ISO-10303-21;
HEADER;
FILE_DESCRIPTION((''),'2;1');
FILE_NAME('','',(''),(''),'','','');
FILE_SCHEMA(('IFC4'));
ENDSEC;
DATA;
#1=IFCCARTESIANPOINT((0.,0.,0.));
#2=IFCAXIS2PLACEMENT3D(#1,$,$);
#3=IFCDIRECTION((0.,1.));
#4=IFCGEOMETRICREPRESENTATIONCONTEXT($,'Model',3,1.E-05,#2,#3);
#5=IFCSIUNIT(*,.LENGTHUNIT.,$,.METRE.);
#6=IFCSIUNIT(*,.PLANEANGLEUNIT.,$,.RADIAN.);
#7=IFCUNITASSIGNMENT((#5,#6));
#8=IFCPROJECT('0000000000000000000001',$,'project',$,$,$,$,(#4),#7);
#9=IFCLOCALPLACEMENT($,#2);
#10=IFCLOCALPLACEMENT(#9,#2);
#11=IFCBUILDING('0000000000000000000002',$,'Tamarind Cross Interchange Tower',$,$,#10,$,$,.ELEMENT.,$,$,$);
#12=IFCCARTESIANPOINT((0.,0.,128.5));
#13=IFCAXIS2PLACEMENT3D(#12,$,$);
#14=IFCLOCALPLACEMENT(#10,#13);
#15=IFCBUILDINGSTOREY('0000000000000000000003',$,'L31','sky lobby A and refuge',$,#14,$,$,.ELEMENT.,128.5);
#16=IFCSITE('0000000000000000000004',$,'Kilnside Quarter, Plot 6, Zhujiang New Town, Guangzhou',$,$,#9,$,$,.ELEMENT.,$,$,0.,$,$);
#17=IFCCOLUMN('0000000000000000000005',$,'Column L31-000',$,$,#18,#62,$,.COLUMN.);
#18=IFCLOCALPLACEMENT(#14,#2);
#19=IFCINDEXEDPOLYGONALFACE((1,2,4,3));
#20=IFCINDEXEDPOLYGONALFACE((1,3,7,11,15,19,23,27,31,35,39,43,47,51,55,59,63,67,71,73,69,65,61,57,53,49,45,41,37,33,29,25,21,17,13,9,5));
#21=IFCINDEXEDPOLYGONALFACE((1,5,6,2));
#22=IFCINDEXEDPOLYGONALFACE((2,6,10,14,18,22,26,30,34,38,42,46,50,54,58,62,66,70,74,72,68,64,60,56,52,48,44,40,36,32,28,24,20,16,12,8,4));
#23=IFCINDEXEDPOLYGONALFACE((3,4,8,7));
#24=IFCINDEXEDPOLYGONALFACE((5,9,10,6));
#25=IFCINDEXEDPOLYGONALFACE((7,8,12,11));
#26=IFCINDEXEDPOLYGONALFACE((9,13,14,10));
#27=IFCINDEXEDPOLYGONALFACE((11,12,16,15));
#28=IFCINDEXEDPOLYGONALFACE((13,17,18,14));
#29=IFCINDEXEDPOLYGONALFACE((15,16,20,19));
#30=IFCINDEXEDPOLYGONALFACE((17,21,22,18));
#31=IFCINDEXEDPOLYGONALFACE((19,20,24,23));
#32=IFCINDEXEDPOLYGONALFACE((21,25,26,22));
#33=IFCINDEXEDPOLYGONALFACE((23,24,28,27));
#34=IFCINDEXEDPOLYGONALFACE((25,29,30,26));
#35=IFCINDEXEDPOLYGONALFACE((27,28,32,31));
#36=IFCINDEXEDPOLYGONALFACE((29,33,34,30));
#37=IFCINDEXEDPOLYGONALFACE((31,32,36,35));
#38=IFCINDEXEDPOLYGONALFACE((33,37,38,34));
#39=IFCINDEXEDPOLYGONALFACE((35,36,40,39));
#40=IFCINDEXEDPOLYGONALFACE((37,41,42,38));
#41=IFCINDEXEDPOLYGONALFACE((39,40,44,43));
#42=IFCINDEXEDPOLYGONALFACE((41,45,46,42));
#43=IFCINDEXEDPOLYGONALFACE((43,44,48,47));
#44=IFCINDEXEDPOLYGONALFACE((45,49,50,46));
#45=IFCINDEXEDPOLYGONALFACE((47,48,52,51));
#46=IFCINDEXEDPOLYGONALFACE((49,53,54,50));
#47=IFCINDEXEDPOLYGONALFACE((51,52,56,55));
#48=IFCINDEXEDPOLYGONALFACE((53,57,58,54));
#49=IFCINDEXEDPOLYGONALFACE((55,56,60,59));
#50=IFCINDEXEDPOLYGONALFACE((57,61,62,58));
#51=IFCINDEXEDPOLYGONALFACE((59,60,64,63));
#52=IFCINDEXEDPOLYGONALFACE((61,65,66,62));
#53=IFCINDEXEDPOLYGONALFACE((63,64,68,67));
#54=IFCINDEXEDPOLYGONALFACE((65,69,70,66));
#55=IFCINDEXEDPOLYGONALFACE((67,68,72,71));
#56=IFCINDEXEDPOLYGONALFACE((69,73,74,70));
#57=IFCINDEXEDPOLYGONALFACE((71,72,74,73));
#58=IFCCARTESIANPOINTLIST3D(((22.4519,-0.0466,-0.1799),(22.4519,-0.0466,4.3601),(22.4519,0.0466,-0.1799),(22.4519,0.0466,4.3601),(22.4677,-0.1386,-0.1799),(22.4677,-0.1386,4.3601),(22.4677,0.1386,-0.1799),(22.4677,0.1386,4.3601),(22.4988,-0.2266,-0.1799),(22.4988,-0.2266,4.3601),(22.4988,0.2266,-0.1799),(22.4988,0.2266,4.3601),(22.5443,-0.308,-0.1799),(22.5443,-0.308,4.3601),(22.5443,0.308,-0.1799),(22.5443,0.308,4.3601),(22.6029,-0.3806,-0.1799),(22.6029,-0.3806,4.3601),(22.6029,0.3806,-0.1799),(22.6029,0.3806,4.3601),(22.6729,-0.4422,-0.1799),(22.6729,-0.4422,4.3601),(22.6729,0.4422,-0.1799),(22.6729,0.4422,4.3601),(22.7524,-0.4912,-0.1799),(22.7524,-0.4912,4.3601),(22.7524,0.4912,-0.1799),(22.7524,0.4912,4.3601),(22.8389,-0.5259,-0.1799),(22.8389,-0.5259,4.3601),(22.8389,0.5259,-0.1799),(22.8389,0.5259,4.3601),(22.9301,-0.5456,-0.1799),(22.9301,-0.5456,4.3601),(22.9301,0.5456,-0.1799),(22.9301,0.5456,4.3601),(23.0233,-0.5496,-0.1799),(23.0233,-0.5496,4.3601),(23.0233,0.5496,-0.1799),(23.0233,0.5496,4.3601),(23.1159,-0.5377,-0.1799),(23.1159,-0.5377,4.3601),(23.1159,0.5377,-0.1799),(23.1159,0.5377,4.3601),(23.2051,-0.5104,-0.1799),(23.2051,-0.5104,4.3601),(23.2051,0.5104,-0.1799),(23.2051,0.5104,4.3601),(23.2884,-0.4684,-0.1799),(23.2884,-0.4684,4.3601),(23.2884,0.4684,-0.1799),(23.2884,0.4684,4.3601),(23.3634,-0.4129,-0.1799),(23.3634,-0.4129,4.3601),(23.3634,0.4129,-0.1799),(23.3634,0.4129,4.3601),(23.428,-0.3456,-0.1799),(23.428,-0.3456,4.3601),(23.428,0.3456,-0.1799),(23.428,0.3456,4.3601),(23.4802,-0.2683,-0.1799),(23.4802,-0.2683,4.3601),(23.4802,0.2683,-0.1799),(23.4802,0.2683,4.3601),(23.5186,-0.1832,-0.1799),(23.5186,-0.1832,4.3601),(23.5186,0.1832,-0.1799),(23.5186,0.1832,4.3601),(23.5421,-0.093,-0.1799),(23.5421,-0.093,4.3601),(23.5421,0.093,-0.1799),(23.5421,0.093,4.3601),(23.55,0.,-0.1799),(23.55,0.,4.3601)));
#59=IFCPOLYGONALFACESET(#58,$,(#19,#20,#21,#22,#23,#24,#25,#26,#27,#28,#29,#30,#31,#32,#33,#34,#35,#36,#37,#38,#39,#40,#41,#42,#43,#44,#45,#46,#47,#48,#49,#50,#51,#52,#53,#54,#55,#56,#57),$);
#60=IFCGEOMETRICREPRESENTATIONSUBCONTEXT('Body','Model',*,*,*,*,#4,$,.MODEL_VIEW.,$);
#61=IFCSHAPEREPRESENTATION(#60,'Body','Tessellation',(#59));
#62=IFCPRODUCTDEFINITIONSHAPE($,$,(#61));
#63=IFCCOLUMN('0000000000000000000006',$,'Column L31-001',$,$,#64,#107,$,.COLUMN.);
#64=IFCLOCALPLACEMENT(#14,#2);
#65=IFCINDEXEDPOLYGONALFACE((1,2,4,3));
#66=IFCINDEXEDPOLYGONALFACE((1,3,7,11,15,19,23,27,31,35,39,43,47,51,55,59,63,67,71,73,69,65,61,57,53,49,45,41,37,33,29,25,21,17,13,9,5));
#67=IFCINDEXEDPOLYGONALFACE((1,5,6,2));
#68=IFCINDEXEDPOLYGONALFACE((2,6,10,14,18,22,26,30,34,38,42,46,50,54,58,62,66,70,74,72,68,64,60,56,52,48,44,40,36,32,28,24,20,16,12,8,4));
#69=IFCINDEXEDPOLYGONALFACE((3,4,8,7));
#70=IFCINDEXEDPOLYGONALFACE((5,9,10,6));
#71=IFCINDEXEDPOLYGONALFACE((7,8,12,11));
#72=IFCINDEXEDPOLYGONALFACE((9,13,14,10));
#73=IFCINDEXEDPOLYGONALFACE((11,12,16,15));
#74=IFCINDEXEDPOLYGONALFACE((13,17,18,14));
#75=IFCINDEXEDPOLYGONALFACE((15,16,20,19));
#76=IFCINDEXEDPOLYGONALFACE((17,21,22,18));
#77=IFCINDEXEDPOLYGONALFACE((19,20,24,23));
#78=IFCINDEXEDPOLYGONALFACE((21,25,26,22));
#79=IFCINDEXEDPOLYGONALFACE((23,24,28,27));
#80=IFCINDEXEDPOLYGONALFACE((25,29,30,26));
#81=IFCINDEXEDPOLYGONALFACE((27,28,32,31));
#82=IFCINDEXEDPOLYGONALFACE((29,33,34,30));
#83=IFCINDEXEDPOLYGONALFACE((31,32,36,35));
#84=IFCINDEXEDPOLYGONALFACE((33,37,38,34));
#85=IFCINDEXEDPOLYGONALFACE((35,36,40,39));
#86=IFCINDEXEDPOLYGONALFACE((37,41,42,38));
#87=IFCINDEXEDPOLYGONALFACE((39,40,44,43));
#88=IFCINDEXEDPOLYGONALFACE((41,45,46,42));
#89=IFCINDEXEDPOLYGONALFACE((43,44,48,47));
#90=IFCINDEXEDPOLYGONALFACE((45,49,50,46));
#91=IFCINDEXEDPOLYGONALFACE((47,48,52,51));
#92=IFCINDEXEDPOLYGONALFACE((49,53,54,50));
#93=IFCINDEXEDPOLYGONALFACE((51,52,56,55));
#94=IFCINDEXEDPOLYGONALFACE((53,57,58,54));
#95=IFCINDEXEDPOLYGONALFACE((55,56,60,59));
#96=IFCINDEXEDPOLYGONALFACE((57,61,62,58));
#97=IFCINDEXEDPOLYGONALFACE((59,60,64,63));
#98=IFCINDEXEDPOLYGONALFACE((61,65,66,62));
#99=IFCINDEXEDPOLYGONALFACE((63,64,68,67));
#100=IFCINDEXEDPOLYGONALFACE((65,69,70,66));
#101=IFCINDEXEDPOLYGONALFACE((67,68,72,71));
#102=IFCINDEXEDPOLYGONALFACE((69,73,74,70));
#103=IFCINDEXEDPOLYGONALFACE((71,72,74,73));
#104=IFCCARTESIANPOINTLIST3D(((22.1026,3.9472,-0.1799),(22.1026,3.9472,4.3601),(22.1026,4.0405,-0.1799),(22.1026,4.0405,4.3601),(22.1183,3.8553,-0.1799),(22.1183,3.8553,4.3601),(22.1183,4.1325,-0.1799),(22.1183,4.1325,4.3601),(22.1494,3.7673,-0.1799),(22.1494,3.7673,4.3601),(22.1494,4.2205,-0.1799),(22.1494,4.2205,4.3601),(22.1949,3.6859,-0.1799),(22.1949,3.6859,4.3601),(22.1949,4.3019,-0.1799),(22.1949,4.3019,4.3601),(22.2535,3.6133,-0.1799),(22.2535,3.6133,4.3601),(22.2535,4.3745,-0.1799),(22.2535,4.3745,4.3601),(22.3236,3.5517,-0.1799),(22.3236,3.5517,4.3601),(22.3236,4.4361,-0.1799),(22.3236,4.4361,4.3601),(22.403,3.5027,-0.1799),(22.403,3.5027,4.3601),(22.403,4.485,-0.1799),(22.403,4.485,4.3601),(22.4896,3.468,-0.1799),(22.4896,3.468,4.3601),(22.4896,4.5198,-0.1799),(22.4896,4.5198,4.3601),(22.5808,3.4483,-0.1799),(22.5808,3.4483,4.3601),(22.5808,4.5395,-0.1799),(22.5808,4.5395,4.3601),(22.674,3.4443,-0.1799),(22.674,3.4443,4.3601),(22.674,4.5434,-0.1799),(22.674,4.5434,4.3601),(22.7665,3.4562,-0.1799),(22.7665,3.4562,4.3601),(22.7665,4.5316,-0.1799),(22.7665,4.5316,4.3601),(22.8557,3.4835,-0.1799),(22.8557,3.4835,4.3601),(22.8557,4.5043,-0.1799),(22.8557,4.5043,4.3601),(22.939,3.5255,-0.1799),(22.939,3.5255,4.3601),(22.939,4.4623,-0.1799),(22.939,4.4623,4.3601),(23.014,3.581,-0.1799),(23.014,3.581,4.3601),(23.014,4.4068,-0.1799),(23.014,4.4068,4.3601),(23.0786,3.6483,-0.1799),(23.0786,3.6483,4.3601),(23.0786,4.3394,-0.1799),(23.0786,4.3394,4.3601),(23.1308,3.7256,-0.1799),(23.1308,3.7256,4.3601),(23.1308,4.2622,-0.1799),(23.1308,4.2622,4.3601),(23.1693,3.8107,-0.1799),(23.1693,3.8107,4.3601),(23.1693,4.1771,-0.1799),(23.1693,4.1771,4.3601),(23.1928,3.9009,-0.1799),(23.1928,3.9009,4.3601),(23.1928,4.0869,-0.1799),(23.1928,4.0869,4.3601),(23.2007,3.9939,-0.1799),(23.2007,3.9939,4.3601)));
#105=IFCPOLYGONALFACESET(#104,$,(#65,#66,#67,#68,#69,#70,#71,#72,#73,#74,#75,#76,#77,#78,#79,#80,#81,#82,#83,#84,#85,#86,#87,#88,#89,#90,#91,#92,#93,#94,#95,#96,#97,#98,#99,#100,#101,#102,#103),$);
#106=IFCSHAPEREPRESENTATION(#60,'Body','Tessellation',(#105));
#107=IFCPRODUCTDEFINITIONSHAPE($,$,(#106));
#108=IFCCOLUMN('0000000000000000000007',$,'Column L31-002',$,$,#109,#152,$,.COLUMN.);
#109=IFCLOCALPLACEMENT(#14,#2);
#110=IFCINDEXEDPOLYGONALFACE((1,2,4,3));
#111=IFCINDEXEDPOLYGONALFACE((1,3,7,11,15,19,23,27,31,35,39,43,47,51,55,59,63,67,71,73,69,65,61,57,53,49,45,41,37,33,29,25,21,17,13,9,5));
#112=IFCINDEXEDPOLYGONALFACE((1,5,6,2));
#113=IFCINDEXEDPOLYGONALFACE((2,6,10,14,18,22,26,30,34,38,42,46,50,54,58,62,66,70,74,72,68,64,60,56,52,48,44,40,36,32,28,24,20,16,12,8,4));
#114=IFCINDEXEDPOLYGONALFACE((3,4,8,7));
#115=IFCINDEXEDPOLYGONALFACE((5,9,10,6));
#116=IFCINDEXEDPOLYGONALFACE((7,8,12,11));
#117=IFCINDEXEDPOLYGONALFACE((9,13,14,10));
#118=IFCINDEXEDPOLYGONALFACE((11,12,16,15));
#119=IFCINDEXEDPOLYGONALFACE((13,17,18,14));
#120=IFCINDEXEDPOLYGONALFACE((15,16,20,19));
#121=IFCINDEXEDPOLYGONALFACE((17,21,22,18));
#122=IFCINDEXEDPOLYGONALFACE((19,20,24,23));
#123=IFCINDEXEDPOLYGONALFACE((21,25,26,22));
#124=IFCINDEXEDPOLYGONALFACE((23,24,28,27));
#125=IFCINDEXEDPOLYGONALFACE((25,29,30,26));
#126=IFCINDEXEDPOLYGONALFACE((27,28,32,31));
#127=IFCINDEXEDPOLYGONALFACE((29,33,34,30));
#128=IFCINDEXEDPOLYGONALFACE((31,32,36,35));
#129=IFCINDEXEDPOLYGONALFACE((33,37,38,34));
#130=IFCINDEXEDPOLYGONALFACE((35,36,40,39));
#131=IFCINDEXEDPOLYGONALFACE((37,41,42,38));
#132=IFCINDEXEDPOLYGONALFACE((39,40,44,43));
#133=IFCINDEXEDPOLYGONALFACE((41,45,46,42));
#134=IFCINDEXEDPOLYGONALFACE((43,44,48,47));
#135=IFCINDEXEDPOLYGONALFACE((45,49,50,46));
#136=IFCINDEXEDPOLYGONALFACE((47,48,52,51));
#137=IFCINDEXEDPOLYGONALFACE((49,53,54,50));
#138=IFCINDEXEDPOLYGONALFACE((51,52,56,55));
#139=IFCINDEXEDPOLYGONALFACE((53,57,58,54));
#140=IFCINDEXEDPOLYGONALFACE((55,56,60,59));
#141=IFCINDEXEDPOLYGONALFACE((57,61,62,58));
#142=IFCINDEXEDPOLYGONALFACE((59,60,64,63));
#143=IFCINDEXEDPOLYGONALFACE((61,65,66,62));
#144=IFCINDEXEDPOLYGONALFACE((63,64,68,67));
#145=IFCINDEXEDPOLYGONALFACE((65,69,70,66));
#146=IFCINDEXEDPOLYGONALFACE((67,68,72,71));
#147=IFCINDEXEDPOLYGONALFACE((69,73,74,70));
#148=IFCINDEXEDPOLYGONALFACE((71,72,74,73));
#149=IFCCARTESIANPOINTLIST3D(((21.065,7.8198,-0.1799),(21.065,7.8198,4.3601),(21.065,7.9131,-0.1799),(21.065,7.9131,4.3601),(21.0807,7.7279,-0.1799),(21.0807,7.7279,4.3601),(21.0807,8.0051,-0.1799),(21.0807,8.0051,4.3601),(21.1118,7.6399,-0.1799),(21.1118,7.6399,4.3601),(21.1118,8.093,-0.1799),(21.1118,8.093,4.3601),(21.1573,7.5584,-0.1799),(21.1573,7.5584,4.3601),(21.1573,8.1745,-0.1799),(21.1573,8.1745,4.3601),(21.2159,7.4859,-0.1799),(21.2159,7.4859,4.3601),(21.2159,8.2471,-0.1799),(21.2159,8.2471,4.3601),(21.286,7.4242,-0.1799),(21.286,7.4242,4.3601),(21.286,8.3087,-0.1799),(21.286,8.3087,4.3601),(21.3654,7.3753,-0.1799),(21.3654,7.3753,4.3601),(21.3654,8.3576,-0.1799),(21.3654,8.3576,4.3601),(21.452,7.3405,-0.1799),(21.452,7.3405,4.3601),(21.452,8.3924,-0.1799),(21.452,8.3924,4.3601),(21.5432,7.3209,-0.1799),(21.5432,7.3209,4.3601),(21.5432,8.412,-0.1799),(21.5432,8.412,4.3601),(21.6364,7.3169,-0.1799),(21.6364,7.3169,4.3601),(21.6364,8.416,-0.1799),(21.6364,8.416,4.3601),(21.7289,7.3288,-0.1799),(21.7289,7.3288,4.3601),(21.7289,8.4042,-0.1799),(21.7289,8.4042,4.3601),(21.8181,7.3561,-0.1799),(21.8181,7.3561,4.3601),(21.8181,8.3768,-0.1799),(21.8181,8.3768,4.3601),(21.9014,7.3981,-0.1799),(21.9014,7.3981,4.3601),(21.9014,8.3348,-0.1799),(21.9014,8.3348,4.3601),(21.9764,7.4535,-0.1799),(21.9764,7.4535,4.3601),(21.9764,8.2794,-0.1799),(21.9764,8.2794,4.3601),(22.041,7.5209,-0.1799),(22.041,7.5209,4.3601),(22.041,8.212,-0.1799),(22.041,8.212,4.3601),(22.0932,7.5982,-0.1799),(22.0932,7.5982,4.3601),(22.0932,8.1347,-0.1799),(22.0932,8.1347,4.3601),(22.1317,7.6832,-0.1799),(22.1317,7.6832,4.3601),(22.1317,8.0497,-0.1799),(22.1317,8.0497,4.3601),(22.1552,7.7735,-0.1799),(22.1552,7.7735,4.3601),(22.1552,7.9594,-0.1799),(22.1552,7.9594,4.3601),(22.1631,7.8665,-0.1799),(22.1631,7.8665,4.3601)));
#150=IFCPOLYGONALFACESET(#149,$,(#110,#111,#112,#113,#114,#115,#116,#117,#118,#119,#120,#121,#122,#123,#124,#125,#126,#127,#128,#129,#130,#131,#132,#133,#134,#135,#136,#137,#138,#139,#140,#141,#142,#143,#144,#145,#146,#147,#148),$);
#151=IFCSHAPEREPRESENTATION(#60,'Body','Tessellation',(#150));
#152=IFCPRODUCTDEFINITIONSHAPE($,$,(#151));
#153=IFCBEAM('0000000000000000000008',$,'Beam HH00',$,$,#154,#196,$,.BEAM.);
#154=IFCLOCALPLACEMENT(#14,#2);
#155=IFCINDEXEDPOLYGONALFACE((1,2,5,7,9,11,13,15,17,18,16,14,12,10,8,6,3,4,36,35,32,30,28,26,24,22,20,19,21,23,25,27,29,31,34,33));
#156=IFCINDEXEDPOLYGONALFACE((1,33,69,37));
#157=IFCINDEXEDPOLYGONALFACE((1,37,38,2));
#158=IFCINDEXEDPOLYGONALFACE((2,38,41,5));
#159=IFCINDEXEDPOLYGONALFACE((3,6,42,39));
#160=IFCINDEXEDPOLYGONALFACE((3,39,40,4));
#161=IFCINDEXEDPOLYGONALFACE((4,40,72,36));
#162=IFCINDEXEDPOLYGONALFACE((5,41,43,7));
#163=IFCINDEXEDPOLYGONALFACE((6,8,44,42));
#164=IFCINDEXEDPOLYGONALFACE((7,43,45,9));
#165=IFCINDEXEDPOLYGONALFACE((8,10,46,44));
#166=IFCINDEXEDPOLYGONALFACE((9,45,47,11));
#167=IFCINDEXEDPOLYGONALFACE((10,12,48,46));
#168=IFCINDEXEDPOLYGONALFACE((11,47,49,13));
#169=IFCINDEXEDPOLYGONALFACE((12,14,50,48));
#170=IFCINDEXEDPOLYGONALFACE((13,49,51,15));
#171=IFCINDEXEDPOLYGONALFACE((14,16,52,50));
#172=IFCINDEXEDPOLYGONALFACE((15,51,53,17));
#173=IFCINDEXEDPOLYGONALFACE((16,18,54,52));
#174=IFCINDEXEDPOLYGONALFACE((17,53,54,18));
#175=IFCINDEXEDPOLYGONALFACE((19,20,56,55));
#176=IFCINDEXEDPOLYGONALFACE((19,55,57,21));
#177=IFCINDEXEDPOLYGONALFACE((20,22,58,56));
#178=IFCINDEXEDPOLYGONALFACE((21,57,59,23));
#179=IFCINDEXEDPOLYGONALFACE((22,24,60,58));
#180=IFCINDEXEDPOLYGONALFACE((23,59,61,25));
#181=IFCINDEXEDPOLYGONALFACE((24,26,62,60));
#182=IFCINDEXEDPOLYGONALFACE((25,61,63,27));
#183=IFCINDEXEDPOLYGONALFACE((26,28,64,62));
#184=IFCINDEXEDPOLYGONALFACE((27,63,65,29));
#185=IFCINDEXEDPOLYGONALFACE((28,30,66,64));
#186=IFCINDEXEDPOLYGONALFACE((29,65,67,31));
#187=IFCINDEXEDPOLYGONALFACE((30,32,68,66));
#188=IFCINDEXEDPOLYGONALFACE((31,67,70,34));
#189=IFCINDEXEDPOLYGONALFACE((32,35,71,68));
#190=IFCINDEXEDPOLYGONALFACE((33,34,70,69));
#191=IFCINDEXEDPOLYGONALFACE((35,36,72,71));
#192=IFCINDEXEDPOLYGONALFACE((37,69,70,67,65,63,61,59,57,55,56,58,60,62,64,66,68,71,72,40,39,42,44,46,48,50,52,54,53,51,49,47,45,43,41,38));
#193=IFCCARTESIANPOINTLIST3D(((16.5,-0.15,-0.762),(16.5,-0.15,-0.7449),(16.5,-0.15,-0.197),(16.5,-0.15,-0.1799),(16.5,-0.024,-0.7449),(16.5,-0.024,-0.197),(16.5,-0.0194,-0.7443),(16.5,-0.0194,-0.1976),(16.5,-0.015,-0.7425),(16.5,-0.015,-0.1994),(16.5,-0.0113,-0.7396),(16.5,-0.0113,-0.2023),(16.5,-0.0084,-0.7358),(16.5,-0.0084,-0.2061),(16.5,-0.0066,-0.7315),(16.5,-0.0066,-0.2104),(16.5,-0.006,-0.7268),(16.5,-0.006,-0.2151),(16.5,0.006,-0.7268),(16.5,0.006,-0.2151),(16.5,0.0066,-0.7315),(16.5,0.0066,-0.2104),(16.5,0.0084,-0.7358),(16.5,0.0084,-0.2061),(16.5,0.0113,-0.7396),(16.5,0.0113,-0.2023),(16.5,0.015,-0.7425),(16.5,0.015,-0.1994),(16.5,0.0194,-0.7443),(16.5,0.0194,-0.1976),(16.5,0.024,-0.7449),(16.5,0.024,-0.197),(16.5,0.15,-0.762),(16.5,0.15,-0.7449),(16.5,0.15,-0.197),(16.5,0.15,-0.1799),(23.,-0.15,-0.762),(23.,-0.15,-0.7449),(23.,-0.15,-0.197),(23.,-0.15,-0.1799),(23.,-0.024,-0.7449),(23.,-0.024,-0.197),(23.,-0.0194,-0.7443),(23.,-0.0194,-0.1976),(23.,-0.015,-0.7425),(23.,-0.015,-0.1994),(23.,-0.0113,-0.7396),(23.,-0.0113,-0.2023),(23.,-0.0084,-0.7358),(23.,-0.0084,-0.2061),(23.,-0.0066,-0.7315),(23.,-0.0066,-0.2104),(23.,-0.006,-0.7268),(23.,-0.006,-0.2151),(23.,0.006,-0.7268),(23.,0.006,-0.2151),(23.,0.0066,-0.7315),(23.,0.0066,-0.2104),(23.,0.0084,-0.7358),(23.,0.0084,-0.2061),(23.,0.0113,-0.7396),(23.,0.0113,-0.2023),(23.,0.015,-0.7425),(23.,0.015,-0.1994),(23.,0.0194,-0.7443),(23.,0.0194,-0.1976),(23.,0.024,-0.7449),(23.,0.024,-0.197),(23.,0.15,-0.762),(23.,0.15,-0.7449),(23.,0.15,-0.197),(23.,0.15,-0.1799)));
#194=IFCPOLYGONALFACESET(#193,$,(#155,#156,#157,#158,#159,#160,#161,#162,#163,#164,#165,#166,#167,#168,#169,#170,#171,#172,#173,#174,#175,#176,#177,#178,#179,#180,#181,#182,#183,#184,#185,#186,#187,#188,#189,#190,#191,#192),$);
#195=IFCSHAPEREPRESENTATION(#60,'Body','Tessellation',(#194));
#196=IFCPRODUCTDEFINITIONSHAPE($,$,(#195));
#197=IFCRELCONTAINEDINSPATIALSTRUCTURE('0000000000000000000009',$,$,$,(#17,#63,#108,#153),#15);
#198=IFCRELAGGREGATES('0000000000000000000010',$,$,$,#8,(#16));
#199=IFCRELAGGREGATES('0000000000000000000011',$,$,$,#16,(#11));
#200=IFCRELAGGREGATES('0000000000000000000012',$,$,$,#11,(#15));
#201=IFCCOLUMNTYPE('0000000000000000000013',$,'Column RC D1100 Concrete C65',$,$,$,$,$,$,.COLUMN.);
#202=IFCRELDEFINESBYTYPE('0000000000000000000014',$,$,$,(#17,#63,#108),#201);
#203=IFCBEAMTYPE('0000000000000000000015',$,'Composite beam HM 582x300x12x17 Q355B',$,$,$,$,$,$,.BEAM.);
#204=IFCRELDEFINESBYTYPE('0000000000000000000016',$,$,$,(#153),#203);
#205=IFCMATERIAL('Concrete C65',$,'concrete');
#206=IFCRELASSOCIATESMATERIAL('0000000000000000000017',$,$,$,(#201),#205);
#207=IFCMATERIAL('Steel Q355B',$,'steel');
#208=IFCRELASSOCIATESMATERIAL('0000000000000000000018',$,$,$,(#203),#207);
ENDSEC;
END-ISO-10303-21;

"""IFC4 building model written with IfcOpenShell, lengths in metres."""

from ifc_helpers import new_model, si_unit, direction, frame, origin, origin_2d, place, context, subcontext, project, spatial, circle, i_section, extrude, material, material_profile, profile_set, type_object, element, save


model = new_model("IFC4")

# Units and contexts
model_context = context("Model", 3, precision=1e-05, world=origin(), true_north=direction((0.0, 1.0)))
body_context = subcontext(model_context, "Body", "Model", "MODEL_VIEW")
ifc_project = project(units=[si_unit("LENGTHUNIT", "METRE"), si_unit("PLANEANGLEUNIT", "RADIAN")], contexts=[model_context])

# Site, building, storey
site_placement = place(None, origin())
site = spatial("IfcSite", under=ifc_project, at=site_placement, Name="Kilnside Quarter, Plot 6, Zhujiang New Town, Guangzhou", CompositionType="ELEMENT", RefElevation=0.0)
building_placement = place(site_placement, origin())
building = spatial("IfcBuilding", under=site, at=building_placement, Name="Tamarind Cross Interchange Tower", CompositionType="ELEMENT")
storey_placement = place(building_placement, frame((0.0, 0.0, 128.5)))
storey = spatial("IfcBuildingStorey", under=building, at=storey_placement, Name="L31", Description="sky lobby A and refuge", CompositionType="ELEMENT", Elevation=128.5)

# Columns
ifc_material_1 = material(Name="Concrete C65", Category="concrete")
ifc_material_profile_1 = material_profile(ifc_material_1, circle(Radius=0.55, at=origin_2d()), Name="RC D1100")
ifc_profile_set_1 = profile_set([ifc_material_profile_1], Name="Concrete C65")
column_type = type_object("IfcColumnType", Name="Column RC D1100 Concrete C65", PredefinedType="COLUMN", material=ifc_profile_set_1)
for number, where, z_axis, x_axis, name in (
    (1, (23.0, 0.0, -0.1799), (0.0, 0.0, 1.0), (1.0, 0.0, 0.0), "Column L31-000"),
    (2, (22.6506, 3.9939, -0.1799), (0.0, 0.0, 1.0), (1.0, 0.0, 0.0), "Column L31-001"),
    (3, (21.613, 7.8665, -0.1799), (0.0, 0.0, 1.0), (1.0, 0.0, 0.0), "Column L31-002"),
):
    element("IfcColumn", number, at=place(storey_placement, frame(where, z_axis=z_axis, x_axis=x_axis)), inside=storey, type_object=column_type, Name=name, PredefinedType="COLUMN", context=body_context, shape_type="SweptSolid", body=[
        extrude(circle(Radius=0.55, at=origin_2d()), origin(), (0.0, 0.0, 1.0), 4.54),
    ])

# Beam
ifc_material_2 = material(Name="Steel Q355B", Category="steel")
ifc_material_profile_2 = material_profile(ifc_material_2, i_section(OverallWidth=0.3, OverallDepth=0.582, WebThickness=0.012, FlangeThickness=0.0171, FilletRadius=0.0181, at=origin_2d()), Name="HM 582x300x12x17")
ifc_profile_set_2 = profile_set([ifc_material_profile_2], Name="Steel Q355B")
beam_type_1 = type_object("IfcBeamType", Name="Composite beam HM 582x300x12x17 Q355B", PredefinedType="BEAM", material=ifc_profile_set_2)
beam_1_placement = place(storey_placement, frame((23.0, 0.0, -0.4709), z_axis=(-1.0, 0.0, 0.0), x_axis=(0.0, -1.0, 0.0)))
element("IfcBeam", 4, at=beam_1_placement, inside=storey, type_object=beam_type_1, Name="Beam HH00", PredefinedType="BEAM", context=body_context, shape_type="SweptSolid", body=[
    extrude(i_section(OverallWidth=0.3, OverallDepth=0.582, WebThickness=0.012, FlangeThickness=0.0171, FilletRadius=0.0181, at=origin_2d()), origin(), (0.0, 0.0, 1.0), 6.5),
])

save(model, "model.ifc")
